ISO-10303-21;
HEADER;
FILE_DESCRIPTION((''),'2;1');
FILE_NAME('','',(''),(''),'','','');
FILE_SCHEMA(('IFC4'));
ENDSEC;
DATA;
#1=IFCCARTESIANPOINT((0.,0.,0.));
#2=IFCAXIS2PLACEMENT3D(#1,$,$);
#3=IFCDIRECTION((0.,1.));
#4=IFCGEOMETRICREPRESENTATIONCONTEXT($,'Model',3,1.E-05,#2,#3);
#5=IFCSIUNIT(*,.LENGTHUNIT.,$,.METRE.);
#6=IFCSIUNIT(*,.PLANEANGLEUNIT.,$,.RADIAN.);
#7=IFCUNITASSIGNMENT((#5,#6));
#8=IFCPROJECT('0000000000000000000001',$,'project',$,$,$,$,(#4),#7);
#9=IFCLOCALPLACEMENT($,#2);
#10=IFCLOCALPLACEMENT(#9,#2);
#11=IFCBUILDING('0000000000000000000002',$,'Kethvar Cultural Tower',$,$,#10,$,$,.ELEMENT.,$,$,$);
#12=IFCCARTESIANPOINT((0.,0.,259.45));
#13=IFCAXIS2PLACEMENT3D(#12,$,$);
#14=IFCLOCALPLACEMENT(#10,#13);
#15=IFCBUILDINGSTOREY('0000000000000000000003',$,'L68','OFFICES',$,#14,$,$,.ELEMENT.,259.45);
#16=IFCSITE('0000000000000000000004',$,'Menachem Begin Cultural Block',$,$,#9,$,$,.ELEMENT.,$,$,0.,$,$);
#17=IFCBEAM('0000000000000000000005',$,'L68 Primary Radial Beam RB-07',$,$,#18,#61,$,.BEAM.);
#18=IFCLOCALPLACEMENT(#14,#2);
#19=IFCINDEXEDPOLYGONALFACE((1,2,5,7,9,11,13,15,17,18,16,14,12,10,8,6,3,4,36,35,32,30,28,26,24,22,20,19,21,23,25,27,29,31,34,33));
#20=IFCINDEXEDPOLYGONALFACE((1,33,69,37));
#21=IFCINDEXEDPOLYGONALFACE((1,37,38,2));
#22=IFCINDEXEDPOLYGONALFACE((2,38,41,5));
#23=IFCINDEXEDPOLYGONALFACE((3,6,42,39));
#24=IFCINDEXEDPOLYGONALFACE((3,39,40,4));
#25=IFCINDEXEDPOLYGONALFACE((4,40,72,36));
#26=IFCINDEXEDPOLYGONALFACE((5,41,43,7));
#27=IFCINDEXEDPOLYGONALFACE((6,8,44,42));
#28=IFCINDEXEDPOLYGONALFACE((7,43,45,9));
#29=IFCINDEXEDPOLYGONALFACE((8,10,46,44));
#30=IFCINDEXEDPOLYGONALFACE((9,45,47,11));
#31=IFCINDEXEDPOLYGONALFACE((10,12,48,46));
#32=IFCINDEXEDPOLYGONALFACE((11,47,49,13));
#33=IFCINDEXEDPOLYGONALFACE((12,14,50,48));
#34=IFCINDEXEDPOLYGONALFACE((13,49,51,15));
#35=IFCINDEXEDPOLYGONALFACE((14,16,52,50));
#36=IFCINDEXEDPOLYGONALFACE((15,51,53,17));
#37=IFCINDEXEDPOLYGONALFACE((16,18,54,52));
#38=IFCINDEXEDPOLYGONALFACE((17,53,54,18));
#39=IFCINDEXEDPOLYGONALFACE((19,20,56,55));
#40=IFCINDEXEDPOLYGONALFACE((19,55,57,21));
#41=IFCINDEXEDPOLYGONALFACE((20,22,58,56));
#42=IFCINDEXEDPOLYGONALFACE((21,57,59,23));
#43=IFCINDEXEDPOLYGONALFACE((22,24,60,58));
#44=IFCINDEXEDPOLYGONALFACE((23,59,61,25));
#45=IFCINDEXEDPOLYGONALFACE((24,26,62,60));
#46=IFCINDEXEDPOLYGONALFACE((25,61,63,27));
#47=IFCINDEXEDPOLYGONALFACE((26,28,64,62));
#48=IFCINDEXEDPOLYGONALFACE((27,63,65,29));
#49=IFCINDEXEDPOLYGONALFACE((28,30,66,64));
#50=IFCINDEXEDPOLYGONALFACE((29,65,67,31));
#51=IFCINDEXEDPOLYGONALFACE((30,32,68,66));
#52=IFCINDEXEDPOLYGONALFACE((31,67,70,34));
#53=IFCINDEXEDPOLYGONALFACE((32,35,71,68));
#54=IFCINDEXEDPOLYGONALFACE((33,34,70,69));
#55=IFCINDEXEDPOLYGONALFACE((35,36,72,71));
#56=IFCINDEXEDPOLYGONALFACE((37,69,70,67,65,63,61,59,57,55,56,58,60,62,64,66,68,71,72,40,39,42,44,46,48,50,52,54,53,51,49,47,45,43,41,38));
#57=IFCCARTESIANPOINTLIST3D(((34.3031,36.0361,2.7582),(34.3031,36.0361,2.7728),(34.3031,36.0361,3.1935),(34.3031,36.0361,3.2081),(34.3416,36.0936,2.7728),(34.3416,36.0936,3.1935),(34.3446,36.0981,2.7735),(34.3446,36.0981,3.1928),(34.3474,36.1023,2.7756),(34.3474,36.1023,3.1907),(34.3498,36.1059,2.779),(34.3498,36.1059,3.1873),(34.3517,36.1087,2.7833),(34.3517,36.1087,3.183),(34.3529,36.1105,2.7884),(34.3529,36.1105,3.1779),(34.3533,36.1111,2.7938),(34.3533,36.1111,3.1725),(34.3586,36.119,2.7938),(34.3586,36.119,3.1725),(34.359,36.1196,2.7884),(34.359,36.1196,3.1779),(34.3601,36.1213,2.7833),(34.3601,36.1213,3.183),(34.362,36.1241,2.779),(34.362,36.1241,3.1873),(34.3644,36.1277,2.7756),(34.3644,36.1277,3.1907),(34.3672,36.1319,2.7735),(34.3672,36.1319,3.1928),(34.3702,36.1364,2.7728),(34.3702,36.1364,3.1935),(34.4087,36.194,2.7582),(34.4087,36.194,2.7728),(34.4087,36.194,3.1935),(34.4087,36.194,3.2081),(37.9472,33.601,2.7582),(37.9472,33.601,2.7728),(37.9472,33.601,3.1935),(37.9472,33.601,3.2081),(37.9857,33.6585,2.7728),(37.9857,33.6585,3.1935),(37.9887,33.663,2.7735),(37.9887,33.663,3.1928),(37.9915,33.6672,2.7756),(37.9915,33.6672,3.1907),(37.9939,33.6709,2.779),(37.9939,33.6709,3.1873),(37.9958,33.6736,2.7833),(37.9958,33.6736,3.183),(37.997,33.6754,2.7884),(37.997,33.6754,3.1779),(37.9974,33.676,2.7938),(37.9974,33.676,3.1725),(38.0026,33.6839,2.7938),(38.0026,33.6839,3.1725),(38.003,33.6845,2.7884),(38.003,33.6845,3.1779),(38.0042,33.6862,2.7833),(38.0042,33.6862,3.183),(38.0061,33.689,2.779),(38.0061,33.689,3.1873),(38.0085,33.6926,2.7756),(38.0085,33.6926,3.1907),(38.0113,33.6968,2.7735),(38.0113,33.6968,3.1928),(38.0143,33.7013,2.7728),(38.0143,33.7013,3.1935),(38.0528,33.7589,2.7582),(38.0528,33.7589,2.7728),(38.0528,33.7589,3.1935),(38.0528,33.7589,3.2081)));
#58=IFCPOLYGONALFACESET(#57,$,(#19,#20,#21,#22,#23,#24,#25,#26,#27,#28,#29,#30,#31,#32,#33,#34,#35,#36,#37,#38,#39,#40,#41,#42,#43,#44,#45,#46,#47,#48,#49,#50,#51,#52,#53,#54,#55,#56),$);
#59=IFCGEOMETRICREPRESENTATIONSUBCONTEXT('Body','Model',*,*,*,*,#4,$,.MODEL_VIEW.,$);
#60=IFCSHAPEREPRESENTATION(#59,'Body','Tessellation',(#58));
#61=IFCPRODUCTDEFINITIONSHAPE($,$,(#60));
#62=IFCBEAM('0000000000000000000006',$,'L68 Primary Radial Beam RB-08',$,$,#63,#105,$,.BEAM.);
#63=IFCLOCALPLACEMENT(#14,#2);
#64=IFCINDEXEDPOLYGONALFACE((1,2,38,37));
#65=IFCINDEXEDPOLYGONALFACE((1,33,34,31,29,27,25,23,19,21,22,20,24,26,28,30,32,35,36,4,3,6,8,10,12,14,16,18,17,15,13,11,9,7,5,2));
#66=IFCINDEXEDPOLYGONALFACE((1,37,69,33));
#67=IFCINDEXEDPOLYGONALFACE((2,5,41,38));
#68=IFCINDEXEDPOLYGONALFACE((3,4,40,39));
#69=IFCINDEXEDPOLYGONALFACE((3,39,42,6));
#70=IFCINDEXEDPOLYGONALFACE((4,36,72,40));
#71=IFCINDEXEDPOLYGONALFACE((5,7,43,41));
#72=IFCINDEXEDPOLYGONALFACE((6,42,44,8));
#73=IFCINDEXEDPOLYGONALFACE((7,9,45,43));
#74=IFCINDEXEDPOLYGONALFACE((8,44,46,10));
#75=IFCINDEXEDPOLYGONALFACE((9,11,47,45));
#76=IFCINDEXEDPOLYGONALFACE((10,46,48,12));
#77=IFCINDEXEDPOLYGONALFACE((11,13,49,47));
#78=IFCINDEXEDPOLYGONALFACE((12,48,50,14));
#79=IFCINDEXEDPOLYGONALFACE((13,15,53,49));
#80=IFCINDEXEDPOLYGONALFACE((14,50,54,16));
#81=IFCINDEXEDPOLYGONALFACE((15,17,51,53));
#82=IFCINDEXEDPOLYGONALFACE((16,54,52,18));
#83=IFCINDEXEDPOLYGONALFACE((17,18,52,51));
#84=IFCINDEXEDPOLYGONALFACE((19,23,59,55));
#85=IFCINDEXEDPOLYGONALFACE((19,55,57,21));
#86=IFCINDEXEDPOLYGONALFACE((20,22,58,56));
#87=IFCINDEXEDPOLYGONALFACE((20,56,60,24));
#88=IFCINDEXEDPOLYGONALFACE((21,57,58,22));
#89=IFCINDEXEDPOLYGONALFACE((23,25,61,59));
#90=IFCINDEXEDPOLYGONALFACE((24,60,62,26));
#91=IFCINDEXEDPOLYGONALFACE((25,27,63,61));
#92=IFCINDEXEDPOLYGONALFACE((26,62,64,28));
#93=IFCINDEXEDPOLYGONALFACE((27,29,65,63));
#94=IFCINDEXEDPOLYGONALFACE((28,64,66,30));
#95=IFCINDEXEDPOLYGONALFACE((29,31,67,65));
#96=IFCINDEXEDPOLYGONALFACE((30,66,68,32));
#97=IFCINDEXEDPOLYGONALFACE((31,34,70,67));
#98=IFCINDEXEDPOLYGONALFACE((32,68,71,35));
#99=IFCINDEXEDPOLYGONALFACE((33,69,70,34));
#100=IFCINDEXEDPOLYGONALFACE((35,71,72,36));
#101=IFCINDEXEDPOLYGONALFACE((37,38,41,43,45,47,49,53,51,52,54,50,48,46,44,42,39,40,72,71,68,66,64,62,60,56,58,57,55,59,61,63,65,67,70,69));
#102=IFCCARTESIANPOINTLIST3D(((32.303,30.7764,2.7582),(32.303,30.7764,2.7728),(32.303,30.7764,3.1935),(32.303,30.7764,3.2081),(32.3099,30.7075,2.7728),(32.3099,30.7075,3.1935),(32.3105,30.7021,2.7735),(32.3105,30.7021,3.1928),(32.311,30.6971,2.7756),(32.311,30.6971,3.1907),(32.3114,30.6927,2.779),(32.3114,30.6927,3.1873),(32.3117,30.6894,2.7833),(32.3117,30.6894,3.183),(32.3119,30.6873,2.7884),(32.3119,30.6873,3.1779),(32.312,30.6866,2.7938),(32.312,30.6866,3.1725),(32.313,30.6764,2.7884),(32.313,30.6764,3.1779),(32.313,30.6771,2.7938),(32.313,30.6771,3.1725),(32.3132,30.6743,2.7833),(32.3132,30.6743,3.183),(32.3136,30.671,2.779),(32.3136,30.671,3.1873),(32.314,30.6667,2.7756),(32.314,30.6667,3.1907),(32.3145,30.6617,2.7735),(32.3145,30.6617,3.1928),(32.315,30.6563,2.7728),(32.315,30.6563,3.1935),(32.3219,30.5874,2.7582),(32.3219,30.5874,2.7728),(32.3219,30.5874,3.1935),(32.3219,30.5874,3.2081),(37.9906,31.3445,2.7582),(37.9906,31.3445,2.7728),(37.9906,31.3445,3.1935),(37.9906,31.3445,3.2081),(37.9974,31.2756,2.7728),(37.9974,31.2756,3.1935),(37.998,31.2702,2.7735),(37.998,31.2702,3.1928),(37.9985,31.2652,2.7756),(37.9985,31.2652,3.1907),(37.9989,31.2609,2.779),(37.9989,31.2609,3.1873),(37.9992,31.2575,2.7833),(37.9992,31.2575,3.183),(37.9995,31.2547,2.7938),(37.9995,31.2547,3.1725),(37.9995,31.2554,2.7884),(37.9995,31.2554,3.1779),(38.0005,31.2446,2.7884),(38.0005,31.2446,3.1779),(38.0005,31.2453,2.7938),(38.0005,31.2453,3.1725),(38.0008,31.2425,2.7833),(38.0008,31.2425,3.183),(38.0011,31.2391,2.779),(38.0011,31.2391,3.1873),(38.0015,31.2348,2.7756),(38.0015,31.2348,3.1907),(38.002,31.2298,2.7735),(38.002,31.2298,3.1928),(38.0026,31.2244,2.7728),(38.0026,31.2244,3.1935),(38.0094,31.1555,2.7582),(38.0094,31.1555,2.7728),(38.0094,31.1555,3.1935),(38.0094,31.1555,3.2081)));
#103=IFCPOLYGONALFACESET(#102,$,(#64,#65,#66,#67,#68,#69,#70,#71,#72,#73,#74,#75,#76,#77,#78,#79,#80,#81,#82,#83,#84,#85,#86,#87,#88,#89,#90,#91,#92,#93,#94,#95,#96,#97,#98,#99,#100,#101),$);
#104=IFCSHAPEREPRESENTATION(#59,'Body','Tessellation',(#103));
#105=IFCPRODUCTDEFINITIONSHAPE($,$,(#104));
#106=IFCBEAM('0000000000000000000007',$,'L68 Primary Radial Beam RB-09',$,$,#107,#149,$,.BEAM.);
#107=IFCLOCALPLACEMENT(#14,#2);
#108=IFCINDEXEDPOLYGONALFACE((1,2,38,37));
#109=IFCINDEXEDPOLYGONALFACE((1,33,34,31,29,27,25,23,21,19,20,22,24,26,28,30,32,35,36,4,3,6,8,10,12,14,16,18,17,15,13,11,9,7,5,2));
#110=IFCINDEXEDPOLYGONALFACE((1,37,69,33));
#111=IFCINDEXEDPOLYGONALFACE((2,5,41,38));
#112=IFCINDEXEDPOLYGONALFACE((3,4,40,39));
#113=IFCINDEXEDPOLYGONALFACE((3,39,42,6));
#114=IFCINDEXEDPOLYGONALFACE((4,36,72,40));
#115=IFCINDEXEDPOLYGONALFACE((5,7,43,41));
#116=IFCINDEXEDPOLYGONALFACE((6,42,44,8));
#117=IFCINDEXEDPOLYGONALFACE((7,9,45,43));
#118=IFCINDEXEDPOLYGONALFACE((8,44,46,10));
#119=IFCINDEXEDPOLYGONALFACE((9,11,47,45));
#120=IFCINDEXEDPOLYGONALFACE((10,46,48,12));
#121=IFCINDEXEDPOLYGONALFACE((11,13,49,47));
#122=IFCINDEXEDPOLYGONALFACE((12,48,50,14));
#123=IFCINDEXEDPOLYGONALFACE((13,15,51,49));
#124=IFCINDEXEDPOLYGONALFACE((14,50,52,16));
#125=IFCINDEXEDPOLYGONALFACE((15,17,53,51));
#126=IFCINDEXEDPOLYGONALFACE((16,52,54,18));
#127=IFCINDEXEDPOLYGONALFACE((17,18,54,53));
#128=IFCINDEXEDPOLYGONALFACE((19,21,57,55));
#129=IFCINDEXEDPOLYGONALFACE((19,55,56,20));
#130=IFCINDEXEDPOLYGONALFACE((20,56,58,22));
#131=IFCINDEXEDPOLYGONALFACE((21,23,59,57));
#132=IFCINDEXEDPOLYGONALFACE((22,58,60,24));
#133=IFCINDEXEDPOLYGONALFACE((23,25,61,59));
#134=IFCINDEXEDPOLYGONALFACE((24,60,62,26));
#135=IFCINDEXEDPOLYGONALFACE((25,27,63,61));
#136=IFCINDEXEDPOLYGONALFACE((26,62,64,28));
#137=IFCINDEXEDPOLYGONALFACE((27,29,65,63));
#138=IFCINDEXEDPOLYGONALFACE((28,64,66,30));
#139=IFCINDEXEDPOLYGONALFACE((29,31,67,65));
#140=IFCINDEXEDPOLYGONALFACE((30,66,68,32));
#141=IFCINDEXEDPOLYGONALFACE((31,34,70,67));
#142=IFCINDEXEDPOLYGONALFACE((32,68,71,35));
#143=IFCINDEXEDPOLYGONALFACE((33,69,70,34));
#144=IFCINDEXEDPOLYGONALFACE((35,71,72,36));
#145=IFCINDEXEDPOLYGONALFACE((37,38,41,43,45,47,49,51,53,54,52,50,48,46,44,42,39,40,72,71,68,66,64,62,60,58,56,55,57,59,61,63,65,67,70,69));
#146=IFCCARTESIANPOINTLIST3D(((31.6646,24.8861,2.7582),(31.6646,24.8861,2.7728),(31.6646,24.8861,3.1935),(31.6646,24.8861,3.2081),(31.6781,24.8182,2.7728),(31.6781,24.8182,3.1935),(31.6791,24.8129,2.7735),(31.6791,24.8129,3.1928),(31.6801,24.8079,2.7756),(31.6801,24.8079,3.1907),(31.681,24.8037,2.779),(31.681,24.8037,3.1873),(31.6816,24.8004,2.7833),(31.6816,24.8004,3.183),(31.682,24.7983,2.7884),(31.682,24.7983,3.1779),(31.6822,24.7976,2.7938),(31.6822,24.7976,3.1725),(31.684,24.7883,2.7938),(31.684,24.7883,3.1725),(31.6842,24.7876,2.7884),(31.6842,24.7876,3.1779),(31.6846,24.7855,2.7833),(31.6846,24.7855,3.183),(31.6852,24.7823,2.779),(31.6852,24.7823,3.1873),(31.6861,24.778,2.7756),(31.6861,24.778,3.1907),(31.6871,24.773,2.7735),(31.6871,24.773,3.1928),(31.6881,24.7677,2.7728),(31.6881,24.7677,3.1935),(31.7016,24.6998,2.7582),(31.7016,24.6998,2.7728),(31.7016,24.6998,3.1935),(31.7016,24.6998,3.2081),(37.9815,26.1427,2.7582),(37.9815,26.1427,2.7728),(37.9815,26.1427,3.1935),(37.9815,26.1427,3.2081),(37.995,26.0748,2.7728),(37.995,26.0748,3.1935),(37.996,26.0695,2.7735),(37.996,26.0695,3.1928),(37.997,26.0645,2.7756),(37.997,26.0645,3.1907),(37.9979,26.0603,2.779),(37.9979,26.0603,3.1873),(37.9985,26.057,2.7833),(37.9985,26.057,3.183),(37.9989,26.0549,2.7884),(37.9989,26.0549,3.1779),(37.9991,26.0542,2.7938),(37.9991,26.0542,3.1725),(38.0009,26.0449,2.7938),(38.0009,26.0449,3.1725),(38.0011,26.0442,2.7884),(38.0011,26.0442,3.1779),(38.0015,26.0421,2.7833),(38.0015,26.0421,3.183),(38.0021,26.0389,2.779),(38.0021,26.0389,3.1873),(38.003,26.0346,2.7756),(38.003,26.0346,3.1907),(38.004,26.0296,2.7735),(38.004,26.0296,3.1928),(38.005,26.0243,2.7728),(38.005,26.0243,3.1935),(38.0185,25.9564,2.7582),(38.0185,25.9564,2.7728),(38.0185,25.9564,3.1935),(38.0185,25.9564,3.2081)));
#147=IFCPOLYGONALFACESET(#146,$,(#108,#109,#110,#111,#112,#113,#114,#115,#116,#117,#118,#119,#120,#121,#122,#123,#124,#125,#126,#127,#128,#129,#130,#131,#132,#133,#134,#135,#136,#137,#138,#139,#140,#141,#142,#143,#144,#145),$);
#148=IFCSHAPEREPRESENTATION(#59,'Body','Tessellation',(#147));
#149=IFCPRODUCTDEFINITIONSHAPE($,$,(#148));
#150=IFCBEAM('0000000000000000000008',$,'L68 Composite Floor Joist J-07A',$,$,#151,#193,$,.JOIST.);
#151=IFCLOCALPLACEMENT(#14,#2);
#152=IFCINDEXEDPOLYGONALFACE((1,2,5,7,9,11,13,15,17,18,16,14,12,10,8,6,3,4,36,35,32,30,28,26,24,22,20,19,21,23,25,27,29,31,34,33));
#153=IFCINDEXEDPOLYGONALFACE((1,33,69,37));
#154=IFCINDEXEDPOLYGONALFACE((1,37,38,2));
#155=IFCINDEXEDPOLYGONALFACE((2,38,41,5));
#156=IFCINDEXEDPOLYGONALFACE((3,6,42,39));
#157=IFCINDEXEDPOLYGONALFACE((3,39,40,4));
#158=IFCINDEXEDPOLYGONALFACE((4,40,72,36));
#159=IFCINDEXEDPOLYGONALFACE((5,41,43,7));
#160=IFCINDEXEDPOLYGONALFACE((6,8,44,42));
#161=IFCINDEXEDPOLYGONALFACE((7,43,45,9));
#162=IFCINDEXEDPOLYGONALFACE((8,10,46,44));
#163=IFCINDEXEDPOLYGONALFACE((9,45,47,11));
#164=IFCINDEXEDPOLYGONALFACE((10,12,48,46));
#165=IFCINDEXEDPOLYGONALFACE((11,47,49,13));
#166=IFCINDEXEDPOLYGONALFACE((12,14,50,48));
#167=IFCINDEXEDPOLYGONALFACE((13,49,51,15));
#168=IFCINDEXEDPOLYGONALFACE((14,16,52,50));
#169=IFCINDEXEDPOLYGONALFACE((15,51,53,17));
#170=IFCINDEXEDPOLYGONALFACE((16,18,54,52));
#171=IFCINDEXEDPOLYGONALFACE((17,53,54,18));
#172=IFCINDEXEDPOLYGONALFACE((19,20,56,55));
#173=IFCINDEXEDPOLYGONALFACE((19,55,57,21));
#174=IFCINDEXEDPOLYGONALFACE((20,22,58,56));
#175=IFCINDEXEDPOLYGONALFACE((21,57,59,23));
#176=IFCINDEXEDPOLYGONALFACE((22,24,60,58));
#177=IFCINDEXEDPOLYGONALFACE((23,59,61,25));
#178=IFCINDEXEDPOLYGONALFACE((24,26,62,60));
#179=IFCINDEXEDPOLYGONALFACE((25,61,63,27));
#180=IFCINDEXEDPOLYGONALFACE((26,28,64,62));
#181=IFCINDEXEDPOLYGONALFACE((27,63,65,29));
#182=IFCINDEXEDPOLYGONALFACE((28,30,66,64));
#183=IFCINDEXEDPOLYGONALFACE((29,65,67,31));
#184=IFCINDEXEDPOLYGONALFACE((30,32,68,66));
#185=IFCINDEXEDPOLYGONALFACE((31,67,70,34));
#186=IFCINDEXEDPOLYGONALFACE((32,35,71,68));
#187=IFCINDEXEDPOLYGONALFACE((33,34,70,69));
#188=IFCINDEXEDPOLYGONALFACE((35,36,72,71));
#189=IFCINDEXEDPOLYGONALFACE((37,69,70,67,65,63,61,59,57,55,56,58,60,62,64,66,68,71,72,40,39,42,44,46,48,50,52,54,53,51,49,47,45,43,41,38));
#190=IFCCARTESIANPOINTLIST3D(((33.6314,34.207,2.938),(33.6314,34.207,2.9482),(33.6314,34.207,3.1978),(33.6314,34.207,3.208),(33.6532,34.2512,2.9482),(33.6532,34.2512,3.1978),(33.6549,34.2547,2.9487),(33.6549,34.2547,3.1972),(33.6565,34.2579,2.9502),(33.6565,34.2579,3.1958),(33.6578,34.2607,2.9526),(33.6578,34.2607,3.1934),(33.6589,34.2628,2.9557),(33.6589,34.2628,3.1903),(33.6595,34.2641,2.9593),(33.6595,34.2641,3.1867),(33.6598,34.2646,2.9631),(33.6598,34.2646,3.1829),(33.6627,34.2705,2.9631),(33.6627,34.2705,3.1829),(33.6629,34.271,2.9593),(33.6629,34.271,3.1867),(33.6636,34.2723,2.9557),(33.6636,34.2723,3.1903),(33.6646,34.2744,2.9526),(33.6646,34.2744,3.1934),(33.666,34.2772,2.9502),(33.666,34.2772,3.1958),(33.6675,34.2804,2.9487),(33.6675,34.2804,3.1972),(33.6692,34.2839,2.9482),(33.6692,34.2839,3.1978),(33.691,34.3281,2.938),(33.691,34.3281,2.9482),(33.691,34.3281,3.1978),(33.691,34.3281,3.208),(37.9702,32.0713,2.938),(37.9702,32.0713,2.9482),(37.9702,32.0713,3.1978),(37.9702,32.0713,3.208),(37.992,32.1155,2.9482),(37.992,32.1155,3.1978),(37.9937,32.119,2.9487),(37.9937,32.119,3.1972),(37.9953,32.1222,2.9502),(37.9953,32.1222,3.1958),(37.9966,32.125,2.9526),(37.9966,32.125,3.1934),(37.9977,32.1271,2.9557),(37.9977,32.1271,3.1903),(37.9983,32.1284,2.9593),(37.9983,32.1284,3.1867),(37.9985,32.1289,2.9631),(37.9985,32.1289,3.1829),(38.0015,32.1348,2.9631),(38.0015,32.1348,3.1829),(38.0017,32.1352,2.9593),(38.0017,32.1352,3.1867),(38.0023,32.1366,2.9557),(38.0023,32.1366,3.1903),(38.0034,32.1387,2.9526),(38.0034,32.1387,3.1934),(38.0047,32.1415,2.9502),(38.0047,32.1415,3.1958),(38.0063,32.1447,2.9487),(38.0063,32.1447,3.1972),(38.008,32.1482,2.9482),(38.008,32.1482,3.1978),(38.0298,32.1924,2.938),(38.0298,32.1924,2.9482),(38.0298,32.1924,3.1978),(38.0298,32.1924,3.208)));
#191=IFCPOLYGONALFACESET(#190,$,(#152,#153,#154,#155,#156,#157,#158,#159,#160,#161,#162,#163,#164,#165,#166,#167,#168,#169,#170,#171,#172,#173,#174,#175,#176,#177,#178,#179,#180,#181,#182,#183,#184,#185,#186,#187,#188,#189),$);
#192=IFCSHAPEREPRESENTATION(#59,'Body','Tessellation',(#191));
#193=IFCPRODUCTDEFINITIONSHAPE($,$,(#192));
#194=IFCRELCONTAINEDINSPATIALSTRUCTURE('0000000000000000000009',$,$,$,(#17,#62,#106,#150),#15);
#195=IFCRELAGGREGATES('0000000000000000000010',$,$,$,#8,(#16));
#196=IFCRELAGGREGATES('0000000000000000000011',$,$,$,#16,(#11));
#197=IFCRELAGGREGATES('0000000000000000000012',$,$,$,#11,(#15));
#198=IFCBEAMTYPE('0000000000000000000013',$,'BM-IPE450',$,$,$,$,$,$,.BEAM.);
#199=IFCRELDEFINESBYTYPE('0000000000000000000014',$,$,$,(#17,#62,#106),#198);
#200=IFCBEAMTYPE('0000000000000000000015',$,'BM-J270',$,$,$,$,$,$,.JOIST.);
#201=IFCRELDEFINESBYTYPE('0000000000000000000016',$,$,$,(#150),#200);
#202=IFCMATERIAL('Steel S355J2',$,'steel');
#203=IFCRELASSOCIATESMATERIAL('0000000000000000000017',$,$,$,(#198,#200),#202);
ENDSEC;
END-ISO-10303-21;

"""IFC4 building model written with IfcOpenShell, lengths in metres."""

from ifc_helpers import new_model, si_unit, direction, frame, origin, origin_2d, place, context, subcontext, project, spatial, i_section, extrude, source, transform, mapped, material, material_profile, profile_set, type_object, element, save


model = new_model("IFC4")

# Units and contexts
model_context = context("Model", 3, precision=1e-05, world=origin(), true_north=direction((0.0, 1.0)))
body_context = subcontext(model_context, "Body", "Model", "MODEL_VIEW")
ifc_project = project(units=[si_unit("LENGTHUNIT", "METRE"), si_unit("PLANEANGLEUNIT", "RADIAN")], contexts=[model_context])

# Site, building, storey
site_placement = place(None, origin())
site = spatial("IfcSite", under=ifc_project, at=site_placement, Name="Menachem Begin Cultural Block", CompositionType="ELEMENT", RefElevation=0.0)
building_placement = place(site_placement, origin())
building = spatial("IfcBuilding", under=site, at=building_placement, Name="Kethvar Cultural Tower", CompositionType="ELEMENT")
storey_placement = place(building_placement, frame((0.0, 0.0, 259.45)))
storey = spatial("IfcBuildingStorey", under=building, at=storey_placement, Name="L68", Description="OFFICES", CompositionType="ELEMENT", Elevation=259.45)

# Beams
ifc_material_1 = material(Name="Steel S355J2", Category="steel")
ifc_material_profile_1 = material_profile(ifc_material_1, i_section(OverallWidth=0.1899, OverallDepth=0.45, WebThickness=0.0095, FlangeThickness=0.0146, FilletRadius=0.021, at=origin_2d()), Name="Steel S355J2 — IPE450")
ifc_profile_set_1 = profile_set([ifc_material_profile_1], Name="Steel S355J2 — IPE450")
beam_type_1 = type_object("IfcBeamType", Name="BM-IPE450", PredefinedType="BEAM", material=ifc_profile_set_1)
shared_shape_1 = source(origin(), body_context, "Body", "SweptSolid", [
    extrude(i_section(OverallWidth=0.1899, OverallDepth=0.45, WebThickness=0.0095, FlangeThickness=0.0146, FilletRadius=0.021, at=origin_2d()), origin(), (0.0, 0.0, 1.0), 4.3828),
])
beam_1_placement = place(storey_placement, frame((38.0, 33.6799, 2.9832), z_axis=(-0.83145, 0.5556, 0.0), x_axis=(-0.5556, -0.83145, 0.0)))
element("IfcBeam", 1, at=beam_1_placement, inside=storey, type_object=beam_type_1, Name="L68 Primary Radial Beam RB-07", PredefinedType="BEAM", context=body_context, shape_type="MappedRepresentation", body=[
    mapped(shared_shape_1, transform((0.0, 0.0, 0.0), scale=1.0)),
])
shared_shape_2 = source(origin(), body_context, "Body", "SweptSolid", [
    extrude(i_section(OverallWidth=0.1899, OverallDepth=0.45, WebThickness=0.0095, FlangeThickness=0.0146, FilletRadius=0.021, at=origin_2d()), origin(), (0.0, 0.0, 1.0), 5.7158),
])
beam_2_placement = place(storey_placement, frame((38.0, 31.25, 2.9832), z_axis=(-0.995048, -0.099394, 0.0), x_axis=(0.099394, -0.995048, 0.0)))
element("IfcBeam", 2, at=beam_2_placement, inside=storey, type_object=beam_type_1, Name="L68 Primary Radial Beam RB-08", PredefinedType="BEAM", context=body_context, shape_type="MappedRepresentation", body=[
    mapped(shared_shape_2, transform((0.0, 0.0, 0.0), scale=1.0)),
])
shared_shape_3 = source(origin(), body_context, "Body", "SweptSolid", [
    extrude(i_section(OverallWidth=0.1899, OverallDepth=0.45, WebThickness=0.0095, FlangeThickness=0.0146, FilletRadius=0.021, at=origin_2d()), origin(), (0.0, 0.0, 1.0), 6.4407),
])
beam_3_placement = place(storey_placement, frame((38.0, 26.0496, 2.9832), z_axis=(-0.980783, -0.195103, 0.0), x_axis=(0.195103, -0.980783, 0.0)))
element("IfcBeam", 3, at=beam_3_placement, inside=storey, type_object=beam_type_1, Name="L68 Primary Radial Beam RB-09", PredefinedType="BEAM", context=body_context, shape_type="MappedRepresentation", body=[
    mapped(shared_shape_3, transform((0.0, 0.0, 0.0), scale=1.0)),
])
ifc_material_profile_2 = material_profile(ifc_material_1, i_section(OverallWidth=0.135, OverallDepth=0.27, WebThickness=0.0066, FlangeThickness=0.0103, FilletRadius=0.0149, at=origin_2d()), Name="Steel S355J2 — IPE270")
ifc_profile_set_2 = profile_set([ifc_material_profile_2], Name="Steel S355J2 — IPE270")
beam_type_2 = type_object("IfcBeamType", Name="BM-J270", PredefinedType="JOIST", material=ifc_profile_set_2)
shared_shape_4 = source(origin(), body_context, "Body", "SweptSolid", [
    extrude(i_section(OverallWidth=0.135, OverallDepth=0.27, WebThickness=0.0066, FlangeThickness=0.0103, FilletRadius=0.0149, at=origin_2d()), origin(), (0.0, 0.0, 1.0), 4.8359),
])
beam_4_placement = place(storey_placement, frame((38.0, 32.1318, 3.073), z_axis=(-0.897197, 0.441632, 0.0), x_axis=(-0.441632, -0.897197, 0.0)))
element("IfcBeam", 4, at=beam_4_placement, inside=storey, type_object=beam_type_2, Name="L68 Composite Floor Joist J-07A", PredefinedType="JOIST", context=body_context, shape_type="MappedRepresentation", body=[
    mapped(shared_shape_4, transform((0.0, 0.0, 0.0), scale=1.0)),
])

save(model, "model.ifc")
